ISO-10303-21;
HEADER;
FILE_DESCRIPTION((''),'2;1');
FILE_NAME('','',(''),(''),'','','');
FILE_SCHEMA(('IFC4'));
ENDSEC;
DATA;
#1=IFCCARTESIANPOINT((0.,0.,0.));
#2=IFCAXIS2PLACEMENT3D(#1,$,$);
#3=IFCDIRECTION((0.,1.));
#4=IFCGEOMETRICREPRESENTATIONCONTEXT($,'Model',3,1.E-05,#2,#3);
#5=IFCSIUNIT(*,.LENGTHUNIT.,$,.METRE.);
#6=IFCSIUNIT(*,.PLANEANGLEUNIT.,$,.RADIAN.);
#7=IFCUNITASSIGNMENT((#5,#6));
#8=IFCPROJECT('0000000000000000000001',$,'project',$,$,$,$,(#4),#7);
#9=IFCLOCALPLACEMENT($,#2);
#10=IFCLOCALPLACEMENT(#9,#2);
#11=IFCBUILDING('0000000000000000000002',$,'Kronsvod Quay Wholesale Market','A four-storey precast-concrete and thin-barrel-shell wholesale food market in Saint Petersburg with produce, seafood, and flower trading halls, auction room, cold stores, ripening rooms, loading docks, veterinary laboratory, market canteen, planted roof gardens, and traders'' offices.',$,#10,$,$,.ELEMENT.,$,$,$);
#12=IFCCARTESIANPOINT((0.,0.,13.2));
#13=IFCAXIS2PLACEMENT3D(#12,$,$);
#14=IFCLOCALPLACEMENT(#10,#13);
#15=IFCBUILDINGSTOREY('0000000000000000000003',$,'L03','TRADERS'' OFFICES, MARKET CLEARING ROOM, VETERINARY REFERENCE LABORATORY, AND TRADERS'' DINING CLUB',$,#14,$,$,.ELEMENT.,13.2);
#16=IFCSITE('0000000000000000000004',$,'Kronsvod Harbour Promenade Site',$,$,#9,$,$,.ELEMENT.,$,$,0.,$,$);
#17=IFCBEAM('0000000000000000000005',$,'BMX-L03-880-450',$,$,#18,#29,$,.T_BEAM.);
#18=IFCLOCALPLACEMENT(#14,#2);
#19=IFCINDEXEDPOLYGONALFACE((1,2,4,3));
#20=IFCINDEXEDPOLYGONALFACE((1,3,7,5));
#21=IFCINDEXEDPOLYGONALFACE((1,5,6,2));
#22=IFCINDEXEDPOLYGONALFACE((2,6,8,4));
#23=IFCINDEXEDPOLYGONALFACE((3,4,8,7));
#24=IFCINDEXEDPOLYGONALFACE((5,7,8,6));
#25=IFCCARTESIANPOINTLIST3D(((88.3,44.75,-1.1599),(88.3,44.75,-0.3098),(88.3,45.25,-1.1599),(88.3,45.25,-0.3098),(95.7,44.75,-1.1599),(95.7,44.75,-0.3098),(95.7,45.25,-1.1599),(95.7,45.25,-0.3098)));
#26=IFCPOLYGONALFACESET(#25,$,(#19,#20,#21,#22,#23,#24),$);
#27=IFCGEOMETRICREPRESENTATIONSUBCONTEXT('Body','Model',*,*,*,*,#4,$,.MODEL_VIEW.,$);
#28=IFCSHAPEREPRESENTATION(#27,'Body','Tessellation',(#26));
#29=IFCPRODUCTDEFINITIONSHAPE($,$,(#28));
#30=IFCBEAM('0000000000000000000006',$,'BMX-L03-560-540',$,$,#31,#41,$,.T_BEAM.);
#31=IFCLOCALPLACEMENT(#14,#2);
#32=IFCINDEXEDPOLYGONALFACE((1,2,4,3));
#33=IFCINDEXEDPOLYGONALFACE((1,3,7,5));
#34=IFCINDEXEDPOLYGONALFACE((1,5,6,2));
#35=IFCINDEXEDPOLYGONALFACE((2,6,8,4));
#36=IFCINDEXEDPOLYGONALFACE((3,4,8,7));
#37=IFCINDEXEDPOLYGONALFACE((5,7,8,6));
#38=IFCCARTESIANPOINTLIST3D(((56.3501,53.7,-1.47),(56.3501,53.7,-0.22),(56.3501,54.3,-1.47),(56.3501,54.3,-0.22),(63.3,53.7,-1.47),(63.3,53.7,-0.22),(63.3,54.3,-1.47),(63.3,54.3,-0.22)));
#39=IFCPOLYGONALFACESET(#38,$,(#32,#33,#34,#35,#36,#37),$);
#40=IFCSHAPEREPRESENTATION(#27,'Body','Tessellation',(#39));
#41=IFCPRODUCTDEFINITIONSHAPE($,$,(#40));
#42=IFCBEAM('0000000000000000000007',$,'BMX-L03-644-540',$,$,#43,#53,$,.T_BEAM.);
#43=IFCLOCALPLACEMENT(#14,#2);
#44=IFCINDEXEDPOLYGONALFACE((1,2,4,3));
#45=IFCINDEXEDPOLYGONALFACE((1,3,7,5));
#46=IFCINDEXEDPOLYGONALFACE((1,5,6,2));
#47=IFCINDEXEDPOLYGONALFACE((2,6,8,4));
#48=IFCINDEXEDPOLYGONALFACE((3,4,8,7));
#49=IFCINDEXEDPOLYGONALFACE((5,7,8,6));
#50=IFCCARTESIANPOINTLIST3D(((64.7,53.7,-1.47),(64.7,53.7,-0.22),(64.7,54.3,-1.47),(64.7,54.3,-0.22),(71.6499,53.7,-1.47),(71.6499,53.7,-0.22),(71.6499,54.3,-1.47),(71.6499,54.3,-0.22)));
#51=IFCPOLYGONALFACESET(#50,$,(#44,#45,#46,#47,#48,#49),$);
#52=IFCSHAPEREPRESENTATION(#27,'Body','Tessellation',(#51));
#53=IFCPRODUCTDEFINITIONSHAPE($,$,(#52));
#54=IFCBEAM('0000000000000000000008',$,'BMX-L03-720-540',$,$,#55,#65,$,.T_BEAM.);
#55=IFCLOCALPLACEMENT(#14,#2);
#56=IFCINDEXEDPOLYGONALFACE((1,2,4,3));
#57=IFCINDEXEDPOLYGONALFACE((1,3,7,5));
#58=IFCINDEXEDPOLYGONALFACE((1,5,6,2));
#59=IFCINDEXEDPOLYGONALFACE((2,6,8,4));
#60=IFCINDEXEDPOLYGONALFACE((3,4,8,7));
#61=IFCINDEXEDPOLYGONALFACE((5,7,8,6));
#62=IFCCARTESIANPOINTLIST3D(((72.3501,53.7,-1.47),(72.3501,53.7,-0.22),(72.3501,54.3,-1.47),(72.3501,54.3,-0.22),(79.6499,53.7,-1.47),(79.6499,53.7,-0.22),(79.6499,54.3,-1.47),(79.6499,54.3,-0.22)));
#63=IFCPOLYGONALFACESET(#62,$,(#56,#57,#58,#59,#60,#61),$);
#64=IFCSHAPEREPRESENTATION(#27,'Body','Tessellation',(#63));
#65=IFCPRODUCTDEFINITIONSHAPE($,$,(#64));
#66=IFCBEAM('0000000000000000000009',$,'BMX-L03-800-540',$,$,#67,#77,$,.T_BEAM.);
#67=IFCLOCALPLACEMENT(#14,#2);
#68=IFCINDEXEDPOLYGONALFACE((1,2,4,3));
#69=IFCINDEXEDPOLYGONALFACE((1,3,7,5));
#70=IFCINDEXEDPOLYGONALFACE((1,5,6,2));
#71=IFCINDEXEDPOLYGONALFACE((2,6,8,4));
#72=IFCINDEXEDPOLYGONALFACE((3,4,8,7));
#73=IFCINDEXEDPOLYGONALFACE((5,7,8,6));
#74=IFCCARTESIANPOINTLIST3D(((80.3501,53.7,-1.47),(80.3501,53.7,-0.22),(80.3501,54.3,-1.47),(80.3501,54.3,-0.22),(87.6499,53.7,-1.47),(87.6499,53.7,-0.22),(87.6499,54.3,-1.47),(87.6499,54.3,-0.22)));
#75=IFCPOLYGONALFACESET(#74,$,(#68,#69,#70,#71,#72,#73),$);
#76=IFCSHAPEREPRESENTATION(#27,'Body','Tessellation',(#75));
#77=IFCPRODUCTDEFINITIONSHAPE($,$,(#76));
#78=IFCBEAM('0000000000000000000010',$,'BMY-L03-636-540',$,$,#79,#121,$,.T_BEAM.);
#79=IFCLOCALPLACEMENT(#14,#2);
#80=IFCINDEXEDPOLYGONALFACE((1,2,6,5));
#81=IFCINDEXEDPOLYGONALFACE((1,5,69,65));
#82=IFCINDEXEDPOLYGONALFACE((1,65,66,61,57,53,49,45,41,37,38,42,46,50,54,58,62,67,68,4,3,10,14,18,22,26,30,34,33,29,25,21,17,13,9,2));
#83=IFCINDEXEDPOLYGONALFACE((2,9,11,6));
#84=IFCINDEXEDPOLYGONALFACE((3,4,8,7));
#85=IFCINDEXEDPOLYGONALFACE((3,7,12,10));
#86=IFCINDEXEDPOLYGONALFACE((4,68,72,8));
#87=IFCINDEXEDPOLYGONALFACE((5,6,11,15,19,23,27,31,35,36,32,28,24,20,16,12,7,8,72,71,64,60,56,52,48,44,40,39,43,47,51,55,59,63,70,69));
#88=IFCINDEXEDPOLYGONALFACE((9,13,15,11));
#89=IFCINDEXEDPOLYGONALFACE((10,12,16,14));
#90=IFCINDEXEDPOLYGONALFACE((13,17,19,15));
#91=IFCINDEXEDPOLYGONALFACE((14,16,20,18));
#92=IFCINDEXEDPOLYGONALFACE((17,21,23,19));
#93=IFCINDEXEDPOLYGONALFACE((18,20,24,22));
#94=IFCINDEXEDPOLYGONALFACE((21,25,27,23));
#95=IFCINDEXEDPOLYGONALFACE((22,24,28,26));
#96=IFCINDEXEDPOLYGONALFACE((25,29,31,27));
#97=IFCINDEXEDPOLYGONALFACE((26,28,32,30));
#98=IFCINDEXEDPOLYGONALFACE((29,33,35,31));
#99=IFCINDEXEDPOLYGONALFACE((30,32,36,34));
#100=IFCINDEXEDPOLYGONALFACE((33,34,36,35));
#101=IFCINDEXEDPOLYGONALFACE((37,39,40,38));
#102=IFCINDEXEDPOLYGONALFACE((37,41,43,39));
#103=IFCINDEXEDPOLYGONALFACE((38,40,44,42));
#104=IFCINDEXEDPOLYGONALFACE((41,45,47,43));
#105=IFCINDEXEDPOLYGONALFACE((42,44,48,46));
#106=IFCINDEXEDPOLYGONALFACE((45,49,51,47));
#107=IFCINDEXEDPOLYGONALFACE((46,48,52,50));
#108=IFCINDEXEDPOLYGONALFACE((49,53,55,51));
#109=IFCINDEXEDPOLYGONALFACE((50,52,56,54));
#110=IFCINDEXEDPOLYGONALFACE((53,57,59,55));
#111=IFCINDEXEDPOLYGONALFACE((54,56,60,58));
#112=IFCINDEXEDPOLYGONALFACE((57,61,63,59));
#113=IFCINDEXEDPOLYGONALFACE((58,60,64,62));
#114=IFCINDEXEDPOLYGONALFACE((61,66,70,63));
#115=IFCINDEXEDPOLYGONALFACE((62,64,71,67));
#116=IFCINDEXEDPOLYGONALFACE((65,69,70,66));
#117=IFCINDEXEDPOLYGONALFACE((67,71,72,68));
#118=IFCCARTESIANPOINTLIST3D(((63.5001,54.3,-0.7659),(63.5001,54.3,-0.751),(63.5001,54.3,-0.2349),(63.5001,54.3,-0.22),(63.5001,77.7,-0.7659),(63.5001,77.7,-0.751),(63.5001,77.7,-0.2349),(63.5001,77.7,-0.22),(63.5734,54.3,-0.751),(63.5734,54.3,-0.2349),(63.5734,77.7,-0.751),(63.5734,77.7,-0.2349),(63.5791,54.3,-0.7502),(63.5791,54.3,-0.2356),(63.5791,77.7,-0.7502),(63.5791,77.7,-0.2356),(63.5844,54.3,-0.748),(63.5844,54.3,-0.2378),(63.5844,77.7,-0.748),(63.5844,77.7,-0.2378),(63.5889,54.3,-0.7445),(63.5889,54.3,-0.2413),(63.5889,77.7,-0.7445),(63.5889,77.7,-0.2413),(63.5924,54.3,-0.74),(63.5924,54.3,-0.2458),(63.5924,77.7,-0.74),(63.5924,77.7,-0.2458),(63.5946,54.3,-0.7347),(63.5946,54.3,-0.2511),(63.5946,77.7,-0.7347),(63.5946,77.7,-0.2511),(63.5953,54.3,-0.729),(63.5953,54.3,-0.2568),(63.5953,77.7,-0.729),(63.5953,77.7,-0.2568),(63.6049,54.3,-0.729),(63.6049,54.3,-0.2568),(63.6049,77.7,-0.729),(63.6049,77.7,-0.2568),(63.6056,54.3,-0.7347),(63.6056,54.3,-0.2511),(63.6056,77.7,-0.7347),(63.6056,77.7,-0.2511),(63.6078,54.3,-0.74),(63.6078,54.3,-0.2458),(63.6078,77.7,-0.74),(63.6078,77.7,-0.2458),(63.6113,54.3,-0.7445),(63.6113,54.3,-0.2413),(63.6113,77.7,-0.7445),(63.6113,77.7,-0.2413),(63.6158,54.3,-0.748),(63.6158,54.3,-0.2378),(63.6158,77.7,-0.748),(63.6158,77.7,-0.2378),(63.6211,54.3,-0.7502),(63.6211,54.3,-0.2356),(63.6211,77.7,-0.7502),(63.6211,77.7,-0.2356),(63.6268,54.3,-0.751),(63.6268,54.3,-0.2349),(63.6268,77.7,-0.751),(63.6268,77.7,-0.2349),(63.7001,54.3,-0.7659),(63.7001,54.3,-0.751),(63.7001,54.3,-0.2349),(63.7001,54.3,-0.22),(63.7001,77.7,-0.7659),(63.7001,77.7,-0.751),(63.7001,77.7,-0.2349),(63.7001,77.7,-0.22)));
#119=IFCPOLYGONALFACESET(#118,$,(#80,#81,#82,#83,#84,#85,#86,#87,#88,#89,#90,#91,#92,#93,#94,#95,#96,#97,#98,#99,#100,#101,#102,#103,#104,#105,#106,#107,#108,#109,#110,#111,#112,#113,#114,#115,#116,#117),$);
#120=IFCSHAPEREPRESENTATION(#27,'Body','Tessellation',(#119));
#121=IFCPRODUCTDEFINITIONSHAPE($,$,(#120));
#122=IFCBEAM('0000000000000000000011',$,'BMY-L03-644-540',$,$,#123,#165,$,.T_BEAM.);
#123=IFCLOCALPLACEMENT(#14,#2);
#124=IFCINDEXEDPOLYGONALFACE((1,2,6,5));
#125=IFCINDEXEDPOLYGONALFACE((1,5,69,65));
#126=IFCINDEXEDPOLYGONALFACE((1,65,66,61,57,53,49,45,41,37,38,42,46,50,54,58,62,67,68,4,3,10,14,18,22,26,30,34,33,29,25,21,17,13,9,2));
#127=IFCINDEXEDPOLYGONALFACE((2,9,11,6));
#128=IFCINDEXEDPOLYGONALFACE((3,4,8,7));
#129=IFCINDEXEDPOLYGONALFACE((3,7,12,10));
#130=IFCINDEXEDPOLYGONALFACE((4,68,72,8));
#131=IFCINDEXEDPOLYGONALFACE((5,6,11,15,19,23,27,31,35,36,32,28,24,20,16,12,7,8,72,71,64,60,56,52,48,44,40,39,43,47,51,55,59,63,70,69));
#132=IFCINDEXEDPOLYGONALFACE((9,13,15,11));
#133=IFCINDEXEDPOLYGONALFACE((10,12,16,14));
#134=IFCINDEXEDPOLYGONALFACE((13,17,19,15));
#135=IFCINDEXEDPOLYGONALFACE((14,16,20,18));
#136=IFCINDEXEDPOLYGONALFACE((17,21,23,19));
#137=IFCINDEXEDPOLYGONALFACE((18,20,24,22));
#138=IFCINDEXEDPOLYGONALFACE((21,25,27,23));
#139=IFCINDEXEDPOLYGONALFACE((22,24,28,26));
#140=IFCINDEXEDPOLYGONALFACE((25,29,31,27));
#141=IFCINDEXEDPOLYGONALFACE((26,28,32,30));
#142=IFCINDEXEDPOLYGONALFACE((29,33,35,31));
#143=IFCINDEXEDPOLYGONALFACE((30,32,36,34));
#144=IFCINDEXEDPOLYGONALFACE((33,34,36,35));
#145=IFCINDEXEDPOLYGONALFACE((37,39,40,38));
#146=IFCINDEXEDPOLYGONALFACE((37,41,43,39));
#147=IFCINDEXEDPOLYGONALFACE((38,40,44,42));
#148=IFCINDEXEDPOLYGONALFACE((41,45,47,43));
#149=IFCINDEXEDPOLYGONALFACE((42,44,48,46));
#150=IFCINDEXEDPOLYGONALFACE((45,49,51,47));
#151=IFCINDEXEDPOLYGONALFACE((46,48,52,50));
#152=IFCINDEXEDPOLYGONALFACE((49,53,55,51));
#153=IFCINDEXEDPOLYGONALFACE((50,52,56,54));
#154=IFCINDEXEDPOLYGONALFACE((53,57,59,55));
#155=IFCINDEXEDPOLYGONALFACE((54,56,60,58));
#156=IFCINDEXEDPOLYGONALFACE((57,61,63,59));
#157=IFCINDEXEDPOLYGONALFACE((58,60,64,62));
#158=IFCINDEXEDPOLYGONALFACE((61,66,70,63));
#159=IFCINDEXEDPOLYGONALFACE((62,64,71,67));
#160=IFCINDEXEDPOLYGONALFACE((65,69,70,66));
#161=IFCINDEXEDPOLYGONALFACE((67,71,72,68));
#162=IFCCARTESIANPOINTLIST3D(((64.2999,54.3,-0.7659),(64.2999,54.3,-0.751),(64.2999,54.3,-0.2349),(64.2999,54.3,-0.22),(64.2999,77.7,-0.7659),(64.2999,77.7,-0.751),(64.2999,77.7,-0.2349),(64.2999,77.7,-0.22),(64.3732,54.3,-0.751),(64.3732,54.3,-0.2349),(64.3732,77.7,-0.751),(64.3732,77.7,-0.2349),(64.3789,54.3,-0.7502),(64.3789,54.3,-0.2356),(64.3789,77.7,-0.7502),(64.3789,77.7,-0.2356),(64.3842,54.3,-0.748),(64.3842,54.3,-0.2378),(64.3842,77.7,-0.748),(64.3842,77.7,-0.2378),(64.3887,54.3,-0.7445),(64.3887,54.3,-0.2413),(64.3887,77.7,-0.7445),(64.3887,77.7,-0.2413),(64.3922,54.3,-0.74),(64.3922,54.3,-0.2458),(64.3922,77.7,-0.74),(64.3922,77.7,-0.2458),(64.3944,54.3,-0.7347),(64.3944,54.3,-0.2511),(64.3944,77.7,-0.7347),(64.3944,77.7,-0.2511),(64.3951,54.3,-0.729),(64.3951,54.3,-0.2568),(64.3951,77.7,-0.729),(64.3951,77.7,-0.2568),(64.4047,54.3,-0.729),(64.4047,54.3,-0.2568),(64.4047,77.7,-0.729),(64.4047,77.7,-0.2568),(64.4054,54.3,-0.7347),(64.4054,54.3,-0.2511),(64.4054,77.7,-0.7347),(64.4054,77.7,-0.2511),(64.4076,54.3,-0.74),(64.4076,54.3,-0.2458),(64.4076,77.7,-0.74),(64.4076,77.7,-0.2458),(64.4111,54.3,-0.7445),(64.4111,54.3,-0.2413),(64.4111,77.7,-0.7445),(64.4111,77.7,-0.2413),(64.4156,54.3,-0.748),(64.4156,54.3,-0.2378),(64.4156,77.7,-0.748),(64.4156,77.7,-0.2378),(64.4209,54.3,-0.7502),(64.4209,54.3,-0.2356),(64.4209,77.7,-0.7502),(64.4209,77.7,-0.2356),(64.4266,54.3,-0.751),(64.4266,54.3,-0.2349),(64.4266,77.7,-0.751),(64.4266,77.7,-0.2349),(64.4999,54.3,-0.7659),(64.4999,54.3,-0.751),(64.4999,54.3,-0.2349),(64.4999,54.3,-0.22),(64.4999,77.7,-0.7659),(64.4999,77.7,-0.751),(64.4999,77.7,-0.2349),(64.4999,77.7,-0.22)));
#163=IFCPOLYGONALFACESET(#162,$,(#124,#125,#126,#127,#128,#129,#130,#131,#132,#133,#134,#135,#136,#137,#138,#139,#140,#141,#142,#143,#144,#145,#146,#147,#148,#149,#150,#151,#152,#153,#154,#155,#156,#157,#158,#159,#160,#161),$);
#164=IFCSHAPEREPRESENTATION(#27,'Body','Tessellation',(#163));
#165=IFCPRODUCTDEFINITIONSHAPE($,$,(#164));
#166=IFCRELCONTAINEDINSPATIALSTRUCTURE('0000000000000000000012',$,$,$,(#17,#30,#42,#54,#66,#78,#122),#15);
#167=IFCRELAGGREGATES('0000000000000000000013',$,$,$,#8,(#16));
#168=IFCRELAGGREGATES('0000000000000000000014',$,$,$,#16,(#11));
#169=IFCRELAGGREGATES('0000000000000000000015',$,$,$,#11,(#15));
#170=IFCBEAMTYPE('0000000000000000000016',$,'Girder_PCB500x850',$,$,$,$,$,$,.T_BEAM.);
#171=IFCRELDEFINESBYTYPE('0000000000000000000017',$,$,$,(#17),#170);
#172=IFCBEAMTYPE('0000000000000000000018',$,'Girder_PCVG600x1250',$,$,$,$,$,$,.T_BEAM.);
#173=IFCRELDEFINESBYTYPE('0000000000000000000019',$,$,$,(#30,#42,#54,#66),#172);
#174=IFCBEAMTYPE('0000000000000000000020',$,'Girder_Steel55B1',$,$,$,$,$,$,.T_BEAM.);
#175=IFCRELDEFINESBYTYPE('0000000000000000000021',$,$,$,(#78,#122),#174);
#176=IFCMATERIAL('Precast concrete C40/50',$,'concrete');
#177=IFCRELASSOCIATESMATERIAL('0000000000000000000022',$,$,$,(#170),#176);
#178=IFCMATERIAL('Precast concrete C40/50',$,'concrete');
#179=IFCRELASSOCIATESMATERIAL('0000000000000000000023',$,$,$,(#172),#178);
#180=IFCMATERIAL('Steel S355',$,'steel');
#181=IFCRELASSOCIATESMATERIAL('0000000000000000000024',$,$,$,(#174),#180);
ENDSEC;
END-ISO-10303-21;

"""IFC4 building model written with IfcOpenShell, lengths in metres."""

from ifc_helpers import new_model, si_unit, direction, frame, origin, origin_2d, place, context, subcontext, project, spatial, rectangle, i_section, extrude, material, material_profile, profile_set, type_object, element, save


model = new_model("IFC4")

# Units and contexts
model_context = context("Model", 3, precision=1e-05, world=origin(), true_north=direction((0.0, 1.0)))
body_context = subcontext(model_context, "Body", "Model", "MODEL_VIEW")
ifc_project = project(units=[si_unit("LENGTHUNIT", "METRE"), si_unit("PLANEANGLEUNIT", "RADIAN")], contexts=[model_context])

# Site, building, storey
site_placement = place(None, origin())
site = spatial("IfcSite", under=ifc_project, at=site_placement, Name="Kronsvod Harbour Promenade Site", CompositionType="ELEMENT", RefElevation=0.0)
building_placement = place(site_placement, origin())
building = spatial("IfcBuilding", under=site, at=building_placement, Name="Kronsvod Quay Wholesale Market", Description="A four-storey precast-concrete and thin-barrel-shell wholesale food market in Saint Petersburg with produce, seafood, and flower trading halls, auction room, cold stores, ripening rooms, loading docks, veterinary laboratory, market canteen, planted roof gardens, and traders' offices.", CompositionType="ELEMENT")
storey_placement = place(building_placement, frame((0.0, 0.0, 13.2)))
storey = spatial("IfcBuildingStorey", under=building, at=storey_placement, Name="L03", Description="TRADERS' OFFICES, MARKET CLEARING ROOM, VETERINARY REFERENCE LABORATORY, AND TRADERS' DINING CLUB", CompositionType="ELEMENT", Elevation=13.2)

# Beams
ifc_material_1 = material(Name="Precast concrete C40/50", Category="concrete")
ifc_material_profile_1 = material_profile(ifc_material_1, rectangle(XDim=0.5, YDim=0.8501, at=origin_2d()), Name="PCB500x850")
ifc_profile_set_1 = profile_set([ifc_material_profile_1], Name="Precast concrete C40/50")
beam_type_1 = type_object("IfcBeamType", Name="Girder_PCB500x850", PredefinedType="T_BEAM", material=ifc_profile_set_1)
for number, where, z_axis, x_axis, name in (
    (1, (88.3, 45.0, -0.7349), (1.0, 0.0, 0.0), (0.0, 1.0, 0.0), "BMX-L03-880-450"),
):
    element("IfcBeam", number, at=place(storey_placement, frame(where, z_axis=z_axis, x_axis=x_axis)), inside=storey, type_object=beam_type_1, Name=name, PredefinedType="T_BEAM", context=body_context, shape_type="SweptSolid", body=[
        extrude(rectangle(XDim=0.5, YDim=0.8501, at=origin_2d()), origin(), (0.0, 0.0, 1.0), 7.3999),
    ])
ifc_material_2 = material(Name="Precast concrete C40/50", Category="concrete")
ifc_material_profile_2 = material_profile(ifc_material_2, rectangle(XDim=0.6001, YDim=1.25, at=origin_2d()), Name="PCVG600x1250")
ifc_profile_set_2 = profile_set([ifc_material_profile_2], Name="Precast concrete C40/50")
beam_type_2 = type_object("IfcBeamType", Name="Girder_PCVG600x1250", PredefinedType="T_BEAM", material=ifc_profile_set_2)
for number, where, z_axis, x_axis, name in (
    (2, (56.3501, 54.0, -0.845), (1.0, 0.0, 0.0), (0.0, 1.0, 0.0), "BMX-L03-560-540"),
    (3, (64.7, 54.0, -0.845), (1.0, 0.0, 0.0), (0.0, 1.0, 0.0), "BMX-L03-644-540"),
):
    element("IfcBeam", number, at=place(storey_placement, frame(where, z_axis=z_axis, x_axis=x_axis)), inside=storey, type_object=beam_type_2, Name=name, PredefinedType="T_BEAM", context=body_context, shape_type="SweptSolid", body=[
        extrude(rectangle(XDim=0.6001, YDim=1.25, at=origin_2d()), origin(), (0.0, 0.0, 1.0), 6.95),
    ])
for number, where, z_axis, x_axis, name in (
    (4, (72.3501, 54.0, -0.845), (1.0, 0.0, 0.0), (0.0, 1.0, 0.0), "BMX-L03-720-540"),
    (5, (80.3501, 54.0, -0.845), (1.0, 0.0, 0.0), (0.0, 1.0, 0.0), "BMX-L03-800-540"),
):
    element("IfcBeam", number, at=place(storey_placement, frame(where, z_axis=z_axis, x_axis=x_axis)), inside=storey, type_object=beam_type_2, Name=name, PredefinedType="T_BEAM", context=body_context, shape_type="SweptSolid", body=[
        extrude(rectangle(XDim=0.6001, YDim=1.25, at=origin_2d()), origin(), (0.0, 0.0, 1.0), 7.2998),
    ])
ifc_material_3 = material(Name="Steel S355", Category="steel")
ifc_material_profile_3 = material_profile(ifc_material_3, i_section(OverallWidth=0.2, OverallDepth=0.5459, WebThickness=0.0095, FlangeThickness=0.0149, FilletRadius=0.022, at=origin_2d()), Name="55B1")
ifc_profile_set_3 = profile_set([ifc_material_profile_3], Name="Steel S355")
beam_type_3 = type_object("IfcBeamType", Name="Girder_Steel55B1", PredefinedType="T_BEAM", material=ifc_profile_set_3)
for number, where, z_axis, x_axis, name in (
    (6, (63.6001, 54.3, -0.4929), (0.0, 1.0, 0.0), (-1.0, 0.0, 0.0), "BMY-L03-636-540"),
    (7, (64.3999, 54.3, -0.4929), (0.0, 1.0, 0.0), (-1.0, 0.0, 0.0), "BMY-L03-644-540"),
):
    element("IfcBeam", number, at=place(storey_placement, frame(where, z_axis=z_axis, x_axis=x_axis)), inside=storey, type_object=beam_type_3, Name=name, PredefinedType="T_BEAM", context=body_context, shape_type="SweptSolid", body=[
        extrude(i_section(OverallWidth=0.2, OverallDepth=0.5459, WebThickness=0.0095, FlangeThickness=0.0149, FilletRadius=0.022, at=origin_2d()), origin(), (0.0, 0.0, 1.0), 23.3999),
    ])

save(model, "model.ifc")
